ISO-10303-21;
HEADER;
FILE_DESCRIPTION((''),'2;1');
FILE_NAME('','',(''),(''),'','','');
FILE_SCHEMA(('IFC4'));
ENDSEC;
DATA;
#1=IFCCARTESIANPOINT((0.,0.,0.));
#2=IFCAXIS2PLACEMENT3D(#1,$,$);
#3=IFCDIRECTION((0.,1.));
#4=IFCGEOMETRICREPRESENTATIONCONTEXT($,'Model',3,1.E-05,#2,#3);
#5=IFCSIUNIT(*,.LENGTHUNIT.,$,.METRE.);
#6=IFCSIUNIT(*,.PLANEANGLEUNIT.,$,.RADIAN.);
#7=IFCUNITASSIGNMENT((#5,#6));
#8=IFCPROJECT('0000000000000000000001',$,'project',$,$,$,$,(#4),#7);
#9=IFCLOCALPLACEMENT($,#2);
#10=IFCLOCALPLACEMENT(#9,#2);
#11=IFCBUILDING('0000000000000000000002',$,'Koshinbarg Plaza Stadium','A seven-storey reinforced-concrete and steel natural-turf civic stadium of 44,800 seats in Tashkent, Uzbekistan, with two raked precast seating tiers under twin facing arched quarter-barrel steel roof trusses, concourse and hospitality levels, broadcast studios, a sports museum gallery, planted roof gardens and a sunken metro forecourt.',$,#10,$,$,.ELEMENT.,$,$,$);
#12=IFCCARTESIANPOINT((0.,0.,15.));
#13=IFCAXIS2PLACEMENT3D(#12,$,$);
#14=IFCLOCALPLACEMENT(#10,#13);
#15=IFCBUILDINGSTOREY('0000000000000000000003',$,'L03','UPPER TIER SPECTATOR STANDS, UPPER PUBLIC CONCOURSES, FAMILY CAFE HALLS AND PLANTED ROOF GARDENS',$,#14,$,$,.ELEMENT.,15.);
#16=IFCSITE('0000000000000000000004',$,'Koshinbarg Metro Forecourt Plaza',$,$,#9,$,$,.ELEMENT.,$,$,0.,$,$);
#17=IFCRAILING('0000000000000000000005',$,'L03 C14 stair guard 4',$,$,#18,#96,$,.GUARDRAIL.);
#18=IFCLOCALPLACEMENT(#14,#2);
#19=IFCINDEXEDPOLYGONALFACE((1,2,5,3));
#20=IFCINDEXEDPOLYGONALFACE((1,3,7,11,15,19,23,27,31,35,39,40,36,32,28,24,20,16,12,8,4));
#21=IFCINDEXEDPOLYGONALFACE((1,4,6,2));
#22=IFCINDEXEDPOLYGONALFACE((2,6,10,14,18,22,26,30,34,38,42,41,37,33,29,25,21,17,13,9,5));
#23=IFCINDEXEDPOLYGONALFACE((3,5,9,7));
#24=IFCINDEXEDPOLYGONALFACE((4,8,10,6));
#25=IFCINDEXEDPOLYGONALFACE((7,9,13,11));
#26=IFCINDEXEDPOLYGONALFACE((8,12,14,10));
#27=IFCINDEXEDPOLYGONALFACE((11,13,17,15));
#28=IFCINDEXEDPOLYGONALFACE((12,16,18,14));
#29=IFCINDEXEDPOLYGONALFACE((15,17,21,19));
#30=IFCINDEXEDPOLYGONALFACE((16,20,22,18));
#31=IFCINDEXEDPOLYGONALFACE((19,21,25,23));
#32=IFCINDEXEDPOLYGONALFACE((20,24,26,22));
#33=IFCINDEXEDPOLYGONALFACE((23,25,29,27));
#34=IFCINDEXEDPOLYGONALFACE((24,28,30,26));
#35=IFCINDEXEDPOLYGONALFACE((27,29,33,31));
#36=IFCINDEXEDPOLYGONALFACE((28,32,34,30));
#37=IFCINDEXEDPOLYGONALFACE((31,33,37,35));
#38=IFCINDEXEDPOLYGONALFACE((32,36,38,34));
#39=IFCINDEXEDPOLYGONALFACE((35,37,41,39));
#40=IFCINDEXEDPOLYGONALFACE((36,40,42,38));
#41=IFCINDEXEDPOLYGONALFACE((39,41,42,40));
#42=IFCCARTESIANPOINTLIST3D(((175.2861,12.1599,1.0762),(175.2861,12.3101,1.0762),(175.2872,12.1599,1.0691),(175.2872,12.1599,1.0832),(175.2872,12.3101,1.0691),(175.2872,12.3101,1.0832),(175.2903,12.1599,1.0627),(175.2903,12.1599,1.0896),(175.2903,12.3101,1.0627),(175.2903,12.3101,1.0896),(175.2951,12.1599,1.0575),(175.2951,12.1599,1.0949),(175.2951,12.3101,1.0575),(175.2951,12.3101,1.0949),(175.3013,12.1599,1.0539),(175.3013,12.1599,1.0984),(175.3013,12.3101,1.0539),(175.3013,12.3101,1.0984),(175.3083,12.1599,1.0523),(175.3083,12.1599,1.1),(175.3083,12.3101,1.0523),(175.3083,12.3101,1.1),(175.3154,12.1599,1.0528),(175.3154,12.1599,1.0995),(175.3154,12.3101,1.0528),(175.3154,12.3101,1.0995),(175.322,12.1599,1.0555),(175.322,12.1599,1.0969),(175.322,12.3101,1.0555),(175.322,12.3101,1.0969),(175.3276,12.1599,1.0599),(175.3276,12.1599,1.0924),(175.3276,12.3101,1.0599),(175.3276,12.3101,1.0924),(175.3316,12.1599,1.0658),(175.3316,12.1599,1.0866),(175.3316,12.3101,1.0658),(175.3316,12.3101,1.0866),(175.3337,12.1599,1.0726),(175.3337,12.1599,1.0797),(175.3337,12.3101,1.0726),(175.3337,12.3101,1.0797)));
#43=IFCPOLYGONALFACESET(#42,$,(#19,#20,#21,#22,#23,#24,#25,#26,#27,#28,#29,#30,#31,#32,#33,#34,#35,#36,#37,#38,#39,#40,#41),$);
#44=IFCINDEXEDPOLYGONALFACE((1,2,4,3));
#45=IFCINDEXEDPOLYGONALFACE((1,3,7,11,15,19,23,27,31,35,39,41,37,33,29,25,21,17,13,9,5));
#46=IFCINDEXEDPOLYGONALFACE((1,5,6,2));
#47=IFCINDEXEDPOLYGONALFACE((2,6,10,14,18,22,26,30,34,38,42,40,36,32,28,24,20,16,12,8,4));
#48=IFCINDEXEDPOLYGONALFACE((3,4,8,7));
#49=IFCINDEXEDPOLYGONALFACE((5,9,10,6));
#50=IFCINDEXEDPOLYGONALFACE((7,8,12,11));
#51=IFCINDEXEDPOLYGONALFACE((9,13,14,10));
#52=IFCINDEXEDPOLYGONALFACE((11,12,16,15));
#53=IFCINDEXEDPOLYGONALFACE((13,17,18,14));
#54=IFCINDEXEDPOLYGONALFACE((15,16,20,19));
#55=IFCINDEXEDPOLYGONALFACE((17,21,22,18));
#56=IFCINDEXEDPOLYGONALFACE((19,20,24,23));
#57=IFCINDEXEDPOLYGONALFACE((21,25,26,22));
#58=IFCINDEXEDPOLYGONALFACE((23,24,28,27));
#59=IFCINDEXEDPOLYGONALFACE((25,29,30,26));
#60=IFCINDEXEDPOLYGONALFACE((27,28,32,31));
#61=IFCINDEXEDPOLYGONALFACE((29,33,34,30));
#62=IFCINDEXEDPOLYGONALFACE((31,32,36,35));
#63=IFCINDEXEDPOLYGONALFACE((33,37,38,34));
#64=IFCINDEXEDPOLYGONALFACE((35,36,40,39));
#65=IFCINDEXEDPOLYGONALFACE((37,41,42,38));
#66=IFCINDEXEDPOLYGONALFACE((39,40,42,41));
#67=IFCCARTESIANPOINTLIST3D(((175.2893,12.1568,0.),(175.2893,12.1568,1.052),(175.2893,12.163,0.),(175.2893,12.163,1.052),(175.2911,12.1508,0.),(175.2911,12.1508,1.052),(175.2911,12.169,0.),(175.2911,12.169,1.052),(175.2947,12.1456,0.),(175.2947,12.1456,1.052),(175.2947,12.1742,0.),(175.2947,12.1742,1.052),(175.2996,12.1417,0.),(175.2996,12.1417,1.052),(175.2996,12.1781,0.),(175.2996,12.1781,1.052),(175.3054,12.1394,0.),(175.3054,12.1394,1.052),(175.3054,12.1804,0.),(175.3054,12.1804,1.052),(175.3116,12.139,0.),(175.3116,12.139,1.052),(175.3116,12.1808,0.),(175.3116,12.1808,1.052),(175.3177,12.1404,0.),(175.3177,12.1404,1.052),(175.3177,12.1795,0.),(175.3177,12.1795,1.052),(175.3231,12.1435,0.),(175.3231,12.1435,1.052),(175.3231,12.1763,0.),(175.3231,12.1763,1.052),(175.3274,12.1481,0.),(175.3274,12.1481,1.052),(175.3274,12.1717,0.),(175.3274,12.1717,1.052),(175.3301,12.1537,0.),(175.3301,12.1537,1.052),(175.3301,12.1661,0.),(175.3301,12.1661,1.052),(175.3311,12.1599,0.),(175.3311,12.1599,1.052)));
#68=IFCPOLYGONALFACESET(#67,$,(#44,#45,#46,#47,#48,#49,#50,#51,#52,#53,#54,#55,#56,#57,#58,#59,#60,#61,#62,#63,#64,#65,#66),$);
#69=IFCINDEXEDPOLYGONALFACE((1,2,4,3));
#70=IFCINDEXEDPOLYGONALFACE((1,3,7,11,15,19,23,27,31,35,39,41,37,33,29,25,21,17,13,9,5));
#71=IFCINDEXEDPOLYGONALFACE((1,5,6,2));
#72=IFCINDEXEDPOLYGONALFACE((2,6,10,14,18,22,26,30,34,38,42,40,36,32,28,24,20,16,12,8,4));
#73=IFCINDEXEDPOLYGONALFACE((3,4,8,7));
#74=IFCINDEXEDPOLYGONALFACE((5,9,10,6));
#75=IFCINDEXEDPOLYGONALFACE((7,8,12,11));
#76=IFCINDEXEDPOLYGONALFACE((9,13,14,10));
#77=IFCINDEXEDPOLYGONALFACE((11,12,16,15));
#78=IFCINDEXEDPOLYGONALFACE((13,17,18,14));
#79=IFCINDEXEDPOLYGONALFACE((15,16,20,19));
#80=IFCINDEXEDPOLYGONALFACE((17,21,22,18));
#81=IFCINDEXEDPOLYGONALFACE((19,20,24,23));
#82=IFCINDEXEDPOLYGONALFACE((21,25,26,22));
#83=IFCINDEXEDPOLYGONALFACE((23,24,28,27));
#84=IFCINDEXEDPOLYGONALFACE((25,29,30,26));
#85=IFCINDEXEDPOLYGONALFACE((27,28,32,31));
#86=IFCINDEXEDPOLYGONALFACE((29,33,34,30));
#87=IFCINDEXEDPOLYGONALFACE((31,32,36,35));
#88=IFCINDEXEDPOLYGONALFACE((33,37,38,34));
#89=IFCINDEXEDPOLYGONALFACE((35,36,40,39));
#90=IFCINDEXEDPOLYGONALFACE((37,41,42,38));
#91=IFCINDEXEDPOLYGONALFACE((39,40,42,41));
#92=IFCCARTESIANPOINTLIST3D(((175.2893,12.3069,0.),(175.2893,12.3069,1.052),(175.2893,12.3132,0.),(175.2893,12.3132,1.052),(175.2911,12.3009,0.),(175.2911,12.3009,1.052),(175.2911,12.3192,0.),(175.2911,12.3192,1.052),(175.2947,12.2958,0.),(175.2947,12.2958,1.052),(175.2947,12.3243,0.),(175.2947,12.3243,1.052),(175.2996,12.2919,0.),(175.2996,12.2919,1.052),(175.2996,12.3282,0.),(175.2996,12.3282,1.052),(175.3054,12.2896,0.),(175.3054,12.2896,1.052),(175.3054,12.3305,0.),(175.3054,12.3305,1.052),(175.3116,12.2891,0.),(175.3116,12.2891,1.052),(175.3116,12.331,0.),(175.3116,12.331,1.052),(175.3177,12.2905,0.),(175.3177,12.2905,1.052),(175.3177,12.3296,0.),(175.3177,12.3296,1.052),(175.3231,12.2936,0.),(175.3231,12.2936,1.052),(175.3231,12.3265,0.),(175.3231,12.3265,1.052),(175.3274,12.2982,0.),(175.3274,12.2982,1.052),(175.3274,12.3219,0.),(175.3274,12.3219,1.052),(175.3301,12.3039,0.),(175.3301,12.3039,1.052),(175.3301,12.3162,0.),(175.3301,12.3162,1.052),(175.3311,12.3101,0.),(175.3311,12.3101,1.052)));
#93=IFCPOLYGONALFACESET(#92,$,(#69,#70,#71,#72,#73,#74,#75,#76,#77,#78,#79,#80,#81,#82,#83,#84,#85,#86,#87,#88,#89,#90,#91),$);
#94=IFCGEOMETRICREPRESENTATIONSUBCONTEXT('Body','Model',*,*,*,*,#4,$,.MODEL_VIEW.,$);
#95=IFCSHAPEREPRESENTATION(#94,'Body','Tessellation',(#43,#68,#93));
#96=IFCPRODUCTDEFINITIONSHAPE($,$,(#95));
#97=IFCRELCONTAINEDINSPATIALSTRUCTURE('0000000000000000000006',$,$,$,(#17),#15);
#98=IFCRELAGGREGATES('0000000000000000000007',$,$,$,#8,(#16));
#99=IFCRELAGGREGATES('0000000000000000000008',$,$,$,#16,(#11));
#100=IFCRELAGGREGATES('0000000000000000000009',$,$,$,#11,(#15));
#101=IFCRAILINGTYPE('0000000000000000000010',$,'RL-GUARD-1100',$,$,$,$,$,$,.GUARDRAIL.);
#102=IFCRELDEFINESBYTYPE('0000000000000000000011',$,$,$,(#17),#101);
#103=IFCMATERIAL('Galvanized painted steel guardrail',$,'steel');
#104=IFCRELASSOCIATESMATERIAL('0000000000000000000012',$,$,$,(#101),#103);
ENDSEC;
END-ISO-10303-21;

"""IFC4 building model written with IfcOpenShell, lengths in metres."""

from ifc_helpers import new_model, si_unit, direction, frame, origin, origin_2d, place, context, subcontext, project, spatial, circle, extrude, material, type_object, element, save


model = new_model("IFC4")

# Units and contexts
model_context = context("Model", 3, precision=1e-05, world=origin(), true_north=direction((0.0, 1.0)))
body_context = subcontext(model_context, "Body", "Model", "MODEL_VIEW")
ifc_project = project(units=[si_unit("LENGTHUNIT", "METRE"), si_unit("PLANEANGLEUNIT", "RADIAN")], contexts=[model_context])

# Site, building, storey
site_placement = place(None, origin())
site = spatial("IfcSite", under=ifc_project, at=site_placement, Name="Koshinbarg Metro Forecourt Plaza", CompositionType="ELEMENT", RefElevation=0.0)
building_placement = place(site_placement, origin())
building = spatial("IfcBuilding", under=site, at=building_placement, Name="Koshinbarg Plaza Stadium", Description="A seven-storey reinforced-concrete and steel natural-turf civic stadium of 44,800 seats in Tashkent, Uzbekistan, with two raked precast seating tiers under twin facing arched quarter-barrel steel roof trusses, concourse and hospitality levels, broadcast studios, a sports museum gallery, planted roof gardens and a sunken metro forecourt.", CompositionType="ELEMENT")
storey_placement = place(building_placement, frame((0.0, 0.0, 15.0)))
storey = spatial("IfcBuildingStorey", under=building, at=storey_placement, Name="L03", Description="UPPER TIER SPECTATOR STANDS, UPPER PUBLIC CONCOURSES, FAMILY CAFE HALLS AND PLANTED ROOF GARDENS", CompositionType="ELEMENT", Elevation=15.0)

# Railing
ifc_material_1 = material(Name="Galvanized painted steel guardrail", Category="steel")
railing_type_1 = type_object("IfcRailingType", Name="RL-GUARD-1100", PredefinedType="GUARDRAIL", material=ifc_material_1)
railing_1_placement = place(storey_placement, frame((175.3101, 12.1599, 0.0)))
element("IfcRailing", 1, at=railing_1_placement, inside=storey, type_object=railing_type_1, Name="L03 C14 stair guard 4", PredefinedType="GUARDRAIL", context=body_context, shape_type="SweptSolid", body=[
    extrude(circle(Radius=0.0239, at=origin_2d()), frame((0.0, 0.0, 1.0762), z_axis=(0.0, 1.0, 0.0), x_axis=(-1.0, 0.0, 0.0)), (0.0, 0.0, 1.0), 0.1501),
    extrude(circle(Radius=0.021, at=origin_2d()), origin(), (0.0, 0.0, 1.0), 1.052),
    extrude(circle(Radius=0.021, at=origin_2d()), frame((0.0, 0.1501, 0.0)), (0.0, 0.0, 1.0), 1.052),
])

save(model, "model.ifc")
